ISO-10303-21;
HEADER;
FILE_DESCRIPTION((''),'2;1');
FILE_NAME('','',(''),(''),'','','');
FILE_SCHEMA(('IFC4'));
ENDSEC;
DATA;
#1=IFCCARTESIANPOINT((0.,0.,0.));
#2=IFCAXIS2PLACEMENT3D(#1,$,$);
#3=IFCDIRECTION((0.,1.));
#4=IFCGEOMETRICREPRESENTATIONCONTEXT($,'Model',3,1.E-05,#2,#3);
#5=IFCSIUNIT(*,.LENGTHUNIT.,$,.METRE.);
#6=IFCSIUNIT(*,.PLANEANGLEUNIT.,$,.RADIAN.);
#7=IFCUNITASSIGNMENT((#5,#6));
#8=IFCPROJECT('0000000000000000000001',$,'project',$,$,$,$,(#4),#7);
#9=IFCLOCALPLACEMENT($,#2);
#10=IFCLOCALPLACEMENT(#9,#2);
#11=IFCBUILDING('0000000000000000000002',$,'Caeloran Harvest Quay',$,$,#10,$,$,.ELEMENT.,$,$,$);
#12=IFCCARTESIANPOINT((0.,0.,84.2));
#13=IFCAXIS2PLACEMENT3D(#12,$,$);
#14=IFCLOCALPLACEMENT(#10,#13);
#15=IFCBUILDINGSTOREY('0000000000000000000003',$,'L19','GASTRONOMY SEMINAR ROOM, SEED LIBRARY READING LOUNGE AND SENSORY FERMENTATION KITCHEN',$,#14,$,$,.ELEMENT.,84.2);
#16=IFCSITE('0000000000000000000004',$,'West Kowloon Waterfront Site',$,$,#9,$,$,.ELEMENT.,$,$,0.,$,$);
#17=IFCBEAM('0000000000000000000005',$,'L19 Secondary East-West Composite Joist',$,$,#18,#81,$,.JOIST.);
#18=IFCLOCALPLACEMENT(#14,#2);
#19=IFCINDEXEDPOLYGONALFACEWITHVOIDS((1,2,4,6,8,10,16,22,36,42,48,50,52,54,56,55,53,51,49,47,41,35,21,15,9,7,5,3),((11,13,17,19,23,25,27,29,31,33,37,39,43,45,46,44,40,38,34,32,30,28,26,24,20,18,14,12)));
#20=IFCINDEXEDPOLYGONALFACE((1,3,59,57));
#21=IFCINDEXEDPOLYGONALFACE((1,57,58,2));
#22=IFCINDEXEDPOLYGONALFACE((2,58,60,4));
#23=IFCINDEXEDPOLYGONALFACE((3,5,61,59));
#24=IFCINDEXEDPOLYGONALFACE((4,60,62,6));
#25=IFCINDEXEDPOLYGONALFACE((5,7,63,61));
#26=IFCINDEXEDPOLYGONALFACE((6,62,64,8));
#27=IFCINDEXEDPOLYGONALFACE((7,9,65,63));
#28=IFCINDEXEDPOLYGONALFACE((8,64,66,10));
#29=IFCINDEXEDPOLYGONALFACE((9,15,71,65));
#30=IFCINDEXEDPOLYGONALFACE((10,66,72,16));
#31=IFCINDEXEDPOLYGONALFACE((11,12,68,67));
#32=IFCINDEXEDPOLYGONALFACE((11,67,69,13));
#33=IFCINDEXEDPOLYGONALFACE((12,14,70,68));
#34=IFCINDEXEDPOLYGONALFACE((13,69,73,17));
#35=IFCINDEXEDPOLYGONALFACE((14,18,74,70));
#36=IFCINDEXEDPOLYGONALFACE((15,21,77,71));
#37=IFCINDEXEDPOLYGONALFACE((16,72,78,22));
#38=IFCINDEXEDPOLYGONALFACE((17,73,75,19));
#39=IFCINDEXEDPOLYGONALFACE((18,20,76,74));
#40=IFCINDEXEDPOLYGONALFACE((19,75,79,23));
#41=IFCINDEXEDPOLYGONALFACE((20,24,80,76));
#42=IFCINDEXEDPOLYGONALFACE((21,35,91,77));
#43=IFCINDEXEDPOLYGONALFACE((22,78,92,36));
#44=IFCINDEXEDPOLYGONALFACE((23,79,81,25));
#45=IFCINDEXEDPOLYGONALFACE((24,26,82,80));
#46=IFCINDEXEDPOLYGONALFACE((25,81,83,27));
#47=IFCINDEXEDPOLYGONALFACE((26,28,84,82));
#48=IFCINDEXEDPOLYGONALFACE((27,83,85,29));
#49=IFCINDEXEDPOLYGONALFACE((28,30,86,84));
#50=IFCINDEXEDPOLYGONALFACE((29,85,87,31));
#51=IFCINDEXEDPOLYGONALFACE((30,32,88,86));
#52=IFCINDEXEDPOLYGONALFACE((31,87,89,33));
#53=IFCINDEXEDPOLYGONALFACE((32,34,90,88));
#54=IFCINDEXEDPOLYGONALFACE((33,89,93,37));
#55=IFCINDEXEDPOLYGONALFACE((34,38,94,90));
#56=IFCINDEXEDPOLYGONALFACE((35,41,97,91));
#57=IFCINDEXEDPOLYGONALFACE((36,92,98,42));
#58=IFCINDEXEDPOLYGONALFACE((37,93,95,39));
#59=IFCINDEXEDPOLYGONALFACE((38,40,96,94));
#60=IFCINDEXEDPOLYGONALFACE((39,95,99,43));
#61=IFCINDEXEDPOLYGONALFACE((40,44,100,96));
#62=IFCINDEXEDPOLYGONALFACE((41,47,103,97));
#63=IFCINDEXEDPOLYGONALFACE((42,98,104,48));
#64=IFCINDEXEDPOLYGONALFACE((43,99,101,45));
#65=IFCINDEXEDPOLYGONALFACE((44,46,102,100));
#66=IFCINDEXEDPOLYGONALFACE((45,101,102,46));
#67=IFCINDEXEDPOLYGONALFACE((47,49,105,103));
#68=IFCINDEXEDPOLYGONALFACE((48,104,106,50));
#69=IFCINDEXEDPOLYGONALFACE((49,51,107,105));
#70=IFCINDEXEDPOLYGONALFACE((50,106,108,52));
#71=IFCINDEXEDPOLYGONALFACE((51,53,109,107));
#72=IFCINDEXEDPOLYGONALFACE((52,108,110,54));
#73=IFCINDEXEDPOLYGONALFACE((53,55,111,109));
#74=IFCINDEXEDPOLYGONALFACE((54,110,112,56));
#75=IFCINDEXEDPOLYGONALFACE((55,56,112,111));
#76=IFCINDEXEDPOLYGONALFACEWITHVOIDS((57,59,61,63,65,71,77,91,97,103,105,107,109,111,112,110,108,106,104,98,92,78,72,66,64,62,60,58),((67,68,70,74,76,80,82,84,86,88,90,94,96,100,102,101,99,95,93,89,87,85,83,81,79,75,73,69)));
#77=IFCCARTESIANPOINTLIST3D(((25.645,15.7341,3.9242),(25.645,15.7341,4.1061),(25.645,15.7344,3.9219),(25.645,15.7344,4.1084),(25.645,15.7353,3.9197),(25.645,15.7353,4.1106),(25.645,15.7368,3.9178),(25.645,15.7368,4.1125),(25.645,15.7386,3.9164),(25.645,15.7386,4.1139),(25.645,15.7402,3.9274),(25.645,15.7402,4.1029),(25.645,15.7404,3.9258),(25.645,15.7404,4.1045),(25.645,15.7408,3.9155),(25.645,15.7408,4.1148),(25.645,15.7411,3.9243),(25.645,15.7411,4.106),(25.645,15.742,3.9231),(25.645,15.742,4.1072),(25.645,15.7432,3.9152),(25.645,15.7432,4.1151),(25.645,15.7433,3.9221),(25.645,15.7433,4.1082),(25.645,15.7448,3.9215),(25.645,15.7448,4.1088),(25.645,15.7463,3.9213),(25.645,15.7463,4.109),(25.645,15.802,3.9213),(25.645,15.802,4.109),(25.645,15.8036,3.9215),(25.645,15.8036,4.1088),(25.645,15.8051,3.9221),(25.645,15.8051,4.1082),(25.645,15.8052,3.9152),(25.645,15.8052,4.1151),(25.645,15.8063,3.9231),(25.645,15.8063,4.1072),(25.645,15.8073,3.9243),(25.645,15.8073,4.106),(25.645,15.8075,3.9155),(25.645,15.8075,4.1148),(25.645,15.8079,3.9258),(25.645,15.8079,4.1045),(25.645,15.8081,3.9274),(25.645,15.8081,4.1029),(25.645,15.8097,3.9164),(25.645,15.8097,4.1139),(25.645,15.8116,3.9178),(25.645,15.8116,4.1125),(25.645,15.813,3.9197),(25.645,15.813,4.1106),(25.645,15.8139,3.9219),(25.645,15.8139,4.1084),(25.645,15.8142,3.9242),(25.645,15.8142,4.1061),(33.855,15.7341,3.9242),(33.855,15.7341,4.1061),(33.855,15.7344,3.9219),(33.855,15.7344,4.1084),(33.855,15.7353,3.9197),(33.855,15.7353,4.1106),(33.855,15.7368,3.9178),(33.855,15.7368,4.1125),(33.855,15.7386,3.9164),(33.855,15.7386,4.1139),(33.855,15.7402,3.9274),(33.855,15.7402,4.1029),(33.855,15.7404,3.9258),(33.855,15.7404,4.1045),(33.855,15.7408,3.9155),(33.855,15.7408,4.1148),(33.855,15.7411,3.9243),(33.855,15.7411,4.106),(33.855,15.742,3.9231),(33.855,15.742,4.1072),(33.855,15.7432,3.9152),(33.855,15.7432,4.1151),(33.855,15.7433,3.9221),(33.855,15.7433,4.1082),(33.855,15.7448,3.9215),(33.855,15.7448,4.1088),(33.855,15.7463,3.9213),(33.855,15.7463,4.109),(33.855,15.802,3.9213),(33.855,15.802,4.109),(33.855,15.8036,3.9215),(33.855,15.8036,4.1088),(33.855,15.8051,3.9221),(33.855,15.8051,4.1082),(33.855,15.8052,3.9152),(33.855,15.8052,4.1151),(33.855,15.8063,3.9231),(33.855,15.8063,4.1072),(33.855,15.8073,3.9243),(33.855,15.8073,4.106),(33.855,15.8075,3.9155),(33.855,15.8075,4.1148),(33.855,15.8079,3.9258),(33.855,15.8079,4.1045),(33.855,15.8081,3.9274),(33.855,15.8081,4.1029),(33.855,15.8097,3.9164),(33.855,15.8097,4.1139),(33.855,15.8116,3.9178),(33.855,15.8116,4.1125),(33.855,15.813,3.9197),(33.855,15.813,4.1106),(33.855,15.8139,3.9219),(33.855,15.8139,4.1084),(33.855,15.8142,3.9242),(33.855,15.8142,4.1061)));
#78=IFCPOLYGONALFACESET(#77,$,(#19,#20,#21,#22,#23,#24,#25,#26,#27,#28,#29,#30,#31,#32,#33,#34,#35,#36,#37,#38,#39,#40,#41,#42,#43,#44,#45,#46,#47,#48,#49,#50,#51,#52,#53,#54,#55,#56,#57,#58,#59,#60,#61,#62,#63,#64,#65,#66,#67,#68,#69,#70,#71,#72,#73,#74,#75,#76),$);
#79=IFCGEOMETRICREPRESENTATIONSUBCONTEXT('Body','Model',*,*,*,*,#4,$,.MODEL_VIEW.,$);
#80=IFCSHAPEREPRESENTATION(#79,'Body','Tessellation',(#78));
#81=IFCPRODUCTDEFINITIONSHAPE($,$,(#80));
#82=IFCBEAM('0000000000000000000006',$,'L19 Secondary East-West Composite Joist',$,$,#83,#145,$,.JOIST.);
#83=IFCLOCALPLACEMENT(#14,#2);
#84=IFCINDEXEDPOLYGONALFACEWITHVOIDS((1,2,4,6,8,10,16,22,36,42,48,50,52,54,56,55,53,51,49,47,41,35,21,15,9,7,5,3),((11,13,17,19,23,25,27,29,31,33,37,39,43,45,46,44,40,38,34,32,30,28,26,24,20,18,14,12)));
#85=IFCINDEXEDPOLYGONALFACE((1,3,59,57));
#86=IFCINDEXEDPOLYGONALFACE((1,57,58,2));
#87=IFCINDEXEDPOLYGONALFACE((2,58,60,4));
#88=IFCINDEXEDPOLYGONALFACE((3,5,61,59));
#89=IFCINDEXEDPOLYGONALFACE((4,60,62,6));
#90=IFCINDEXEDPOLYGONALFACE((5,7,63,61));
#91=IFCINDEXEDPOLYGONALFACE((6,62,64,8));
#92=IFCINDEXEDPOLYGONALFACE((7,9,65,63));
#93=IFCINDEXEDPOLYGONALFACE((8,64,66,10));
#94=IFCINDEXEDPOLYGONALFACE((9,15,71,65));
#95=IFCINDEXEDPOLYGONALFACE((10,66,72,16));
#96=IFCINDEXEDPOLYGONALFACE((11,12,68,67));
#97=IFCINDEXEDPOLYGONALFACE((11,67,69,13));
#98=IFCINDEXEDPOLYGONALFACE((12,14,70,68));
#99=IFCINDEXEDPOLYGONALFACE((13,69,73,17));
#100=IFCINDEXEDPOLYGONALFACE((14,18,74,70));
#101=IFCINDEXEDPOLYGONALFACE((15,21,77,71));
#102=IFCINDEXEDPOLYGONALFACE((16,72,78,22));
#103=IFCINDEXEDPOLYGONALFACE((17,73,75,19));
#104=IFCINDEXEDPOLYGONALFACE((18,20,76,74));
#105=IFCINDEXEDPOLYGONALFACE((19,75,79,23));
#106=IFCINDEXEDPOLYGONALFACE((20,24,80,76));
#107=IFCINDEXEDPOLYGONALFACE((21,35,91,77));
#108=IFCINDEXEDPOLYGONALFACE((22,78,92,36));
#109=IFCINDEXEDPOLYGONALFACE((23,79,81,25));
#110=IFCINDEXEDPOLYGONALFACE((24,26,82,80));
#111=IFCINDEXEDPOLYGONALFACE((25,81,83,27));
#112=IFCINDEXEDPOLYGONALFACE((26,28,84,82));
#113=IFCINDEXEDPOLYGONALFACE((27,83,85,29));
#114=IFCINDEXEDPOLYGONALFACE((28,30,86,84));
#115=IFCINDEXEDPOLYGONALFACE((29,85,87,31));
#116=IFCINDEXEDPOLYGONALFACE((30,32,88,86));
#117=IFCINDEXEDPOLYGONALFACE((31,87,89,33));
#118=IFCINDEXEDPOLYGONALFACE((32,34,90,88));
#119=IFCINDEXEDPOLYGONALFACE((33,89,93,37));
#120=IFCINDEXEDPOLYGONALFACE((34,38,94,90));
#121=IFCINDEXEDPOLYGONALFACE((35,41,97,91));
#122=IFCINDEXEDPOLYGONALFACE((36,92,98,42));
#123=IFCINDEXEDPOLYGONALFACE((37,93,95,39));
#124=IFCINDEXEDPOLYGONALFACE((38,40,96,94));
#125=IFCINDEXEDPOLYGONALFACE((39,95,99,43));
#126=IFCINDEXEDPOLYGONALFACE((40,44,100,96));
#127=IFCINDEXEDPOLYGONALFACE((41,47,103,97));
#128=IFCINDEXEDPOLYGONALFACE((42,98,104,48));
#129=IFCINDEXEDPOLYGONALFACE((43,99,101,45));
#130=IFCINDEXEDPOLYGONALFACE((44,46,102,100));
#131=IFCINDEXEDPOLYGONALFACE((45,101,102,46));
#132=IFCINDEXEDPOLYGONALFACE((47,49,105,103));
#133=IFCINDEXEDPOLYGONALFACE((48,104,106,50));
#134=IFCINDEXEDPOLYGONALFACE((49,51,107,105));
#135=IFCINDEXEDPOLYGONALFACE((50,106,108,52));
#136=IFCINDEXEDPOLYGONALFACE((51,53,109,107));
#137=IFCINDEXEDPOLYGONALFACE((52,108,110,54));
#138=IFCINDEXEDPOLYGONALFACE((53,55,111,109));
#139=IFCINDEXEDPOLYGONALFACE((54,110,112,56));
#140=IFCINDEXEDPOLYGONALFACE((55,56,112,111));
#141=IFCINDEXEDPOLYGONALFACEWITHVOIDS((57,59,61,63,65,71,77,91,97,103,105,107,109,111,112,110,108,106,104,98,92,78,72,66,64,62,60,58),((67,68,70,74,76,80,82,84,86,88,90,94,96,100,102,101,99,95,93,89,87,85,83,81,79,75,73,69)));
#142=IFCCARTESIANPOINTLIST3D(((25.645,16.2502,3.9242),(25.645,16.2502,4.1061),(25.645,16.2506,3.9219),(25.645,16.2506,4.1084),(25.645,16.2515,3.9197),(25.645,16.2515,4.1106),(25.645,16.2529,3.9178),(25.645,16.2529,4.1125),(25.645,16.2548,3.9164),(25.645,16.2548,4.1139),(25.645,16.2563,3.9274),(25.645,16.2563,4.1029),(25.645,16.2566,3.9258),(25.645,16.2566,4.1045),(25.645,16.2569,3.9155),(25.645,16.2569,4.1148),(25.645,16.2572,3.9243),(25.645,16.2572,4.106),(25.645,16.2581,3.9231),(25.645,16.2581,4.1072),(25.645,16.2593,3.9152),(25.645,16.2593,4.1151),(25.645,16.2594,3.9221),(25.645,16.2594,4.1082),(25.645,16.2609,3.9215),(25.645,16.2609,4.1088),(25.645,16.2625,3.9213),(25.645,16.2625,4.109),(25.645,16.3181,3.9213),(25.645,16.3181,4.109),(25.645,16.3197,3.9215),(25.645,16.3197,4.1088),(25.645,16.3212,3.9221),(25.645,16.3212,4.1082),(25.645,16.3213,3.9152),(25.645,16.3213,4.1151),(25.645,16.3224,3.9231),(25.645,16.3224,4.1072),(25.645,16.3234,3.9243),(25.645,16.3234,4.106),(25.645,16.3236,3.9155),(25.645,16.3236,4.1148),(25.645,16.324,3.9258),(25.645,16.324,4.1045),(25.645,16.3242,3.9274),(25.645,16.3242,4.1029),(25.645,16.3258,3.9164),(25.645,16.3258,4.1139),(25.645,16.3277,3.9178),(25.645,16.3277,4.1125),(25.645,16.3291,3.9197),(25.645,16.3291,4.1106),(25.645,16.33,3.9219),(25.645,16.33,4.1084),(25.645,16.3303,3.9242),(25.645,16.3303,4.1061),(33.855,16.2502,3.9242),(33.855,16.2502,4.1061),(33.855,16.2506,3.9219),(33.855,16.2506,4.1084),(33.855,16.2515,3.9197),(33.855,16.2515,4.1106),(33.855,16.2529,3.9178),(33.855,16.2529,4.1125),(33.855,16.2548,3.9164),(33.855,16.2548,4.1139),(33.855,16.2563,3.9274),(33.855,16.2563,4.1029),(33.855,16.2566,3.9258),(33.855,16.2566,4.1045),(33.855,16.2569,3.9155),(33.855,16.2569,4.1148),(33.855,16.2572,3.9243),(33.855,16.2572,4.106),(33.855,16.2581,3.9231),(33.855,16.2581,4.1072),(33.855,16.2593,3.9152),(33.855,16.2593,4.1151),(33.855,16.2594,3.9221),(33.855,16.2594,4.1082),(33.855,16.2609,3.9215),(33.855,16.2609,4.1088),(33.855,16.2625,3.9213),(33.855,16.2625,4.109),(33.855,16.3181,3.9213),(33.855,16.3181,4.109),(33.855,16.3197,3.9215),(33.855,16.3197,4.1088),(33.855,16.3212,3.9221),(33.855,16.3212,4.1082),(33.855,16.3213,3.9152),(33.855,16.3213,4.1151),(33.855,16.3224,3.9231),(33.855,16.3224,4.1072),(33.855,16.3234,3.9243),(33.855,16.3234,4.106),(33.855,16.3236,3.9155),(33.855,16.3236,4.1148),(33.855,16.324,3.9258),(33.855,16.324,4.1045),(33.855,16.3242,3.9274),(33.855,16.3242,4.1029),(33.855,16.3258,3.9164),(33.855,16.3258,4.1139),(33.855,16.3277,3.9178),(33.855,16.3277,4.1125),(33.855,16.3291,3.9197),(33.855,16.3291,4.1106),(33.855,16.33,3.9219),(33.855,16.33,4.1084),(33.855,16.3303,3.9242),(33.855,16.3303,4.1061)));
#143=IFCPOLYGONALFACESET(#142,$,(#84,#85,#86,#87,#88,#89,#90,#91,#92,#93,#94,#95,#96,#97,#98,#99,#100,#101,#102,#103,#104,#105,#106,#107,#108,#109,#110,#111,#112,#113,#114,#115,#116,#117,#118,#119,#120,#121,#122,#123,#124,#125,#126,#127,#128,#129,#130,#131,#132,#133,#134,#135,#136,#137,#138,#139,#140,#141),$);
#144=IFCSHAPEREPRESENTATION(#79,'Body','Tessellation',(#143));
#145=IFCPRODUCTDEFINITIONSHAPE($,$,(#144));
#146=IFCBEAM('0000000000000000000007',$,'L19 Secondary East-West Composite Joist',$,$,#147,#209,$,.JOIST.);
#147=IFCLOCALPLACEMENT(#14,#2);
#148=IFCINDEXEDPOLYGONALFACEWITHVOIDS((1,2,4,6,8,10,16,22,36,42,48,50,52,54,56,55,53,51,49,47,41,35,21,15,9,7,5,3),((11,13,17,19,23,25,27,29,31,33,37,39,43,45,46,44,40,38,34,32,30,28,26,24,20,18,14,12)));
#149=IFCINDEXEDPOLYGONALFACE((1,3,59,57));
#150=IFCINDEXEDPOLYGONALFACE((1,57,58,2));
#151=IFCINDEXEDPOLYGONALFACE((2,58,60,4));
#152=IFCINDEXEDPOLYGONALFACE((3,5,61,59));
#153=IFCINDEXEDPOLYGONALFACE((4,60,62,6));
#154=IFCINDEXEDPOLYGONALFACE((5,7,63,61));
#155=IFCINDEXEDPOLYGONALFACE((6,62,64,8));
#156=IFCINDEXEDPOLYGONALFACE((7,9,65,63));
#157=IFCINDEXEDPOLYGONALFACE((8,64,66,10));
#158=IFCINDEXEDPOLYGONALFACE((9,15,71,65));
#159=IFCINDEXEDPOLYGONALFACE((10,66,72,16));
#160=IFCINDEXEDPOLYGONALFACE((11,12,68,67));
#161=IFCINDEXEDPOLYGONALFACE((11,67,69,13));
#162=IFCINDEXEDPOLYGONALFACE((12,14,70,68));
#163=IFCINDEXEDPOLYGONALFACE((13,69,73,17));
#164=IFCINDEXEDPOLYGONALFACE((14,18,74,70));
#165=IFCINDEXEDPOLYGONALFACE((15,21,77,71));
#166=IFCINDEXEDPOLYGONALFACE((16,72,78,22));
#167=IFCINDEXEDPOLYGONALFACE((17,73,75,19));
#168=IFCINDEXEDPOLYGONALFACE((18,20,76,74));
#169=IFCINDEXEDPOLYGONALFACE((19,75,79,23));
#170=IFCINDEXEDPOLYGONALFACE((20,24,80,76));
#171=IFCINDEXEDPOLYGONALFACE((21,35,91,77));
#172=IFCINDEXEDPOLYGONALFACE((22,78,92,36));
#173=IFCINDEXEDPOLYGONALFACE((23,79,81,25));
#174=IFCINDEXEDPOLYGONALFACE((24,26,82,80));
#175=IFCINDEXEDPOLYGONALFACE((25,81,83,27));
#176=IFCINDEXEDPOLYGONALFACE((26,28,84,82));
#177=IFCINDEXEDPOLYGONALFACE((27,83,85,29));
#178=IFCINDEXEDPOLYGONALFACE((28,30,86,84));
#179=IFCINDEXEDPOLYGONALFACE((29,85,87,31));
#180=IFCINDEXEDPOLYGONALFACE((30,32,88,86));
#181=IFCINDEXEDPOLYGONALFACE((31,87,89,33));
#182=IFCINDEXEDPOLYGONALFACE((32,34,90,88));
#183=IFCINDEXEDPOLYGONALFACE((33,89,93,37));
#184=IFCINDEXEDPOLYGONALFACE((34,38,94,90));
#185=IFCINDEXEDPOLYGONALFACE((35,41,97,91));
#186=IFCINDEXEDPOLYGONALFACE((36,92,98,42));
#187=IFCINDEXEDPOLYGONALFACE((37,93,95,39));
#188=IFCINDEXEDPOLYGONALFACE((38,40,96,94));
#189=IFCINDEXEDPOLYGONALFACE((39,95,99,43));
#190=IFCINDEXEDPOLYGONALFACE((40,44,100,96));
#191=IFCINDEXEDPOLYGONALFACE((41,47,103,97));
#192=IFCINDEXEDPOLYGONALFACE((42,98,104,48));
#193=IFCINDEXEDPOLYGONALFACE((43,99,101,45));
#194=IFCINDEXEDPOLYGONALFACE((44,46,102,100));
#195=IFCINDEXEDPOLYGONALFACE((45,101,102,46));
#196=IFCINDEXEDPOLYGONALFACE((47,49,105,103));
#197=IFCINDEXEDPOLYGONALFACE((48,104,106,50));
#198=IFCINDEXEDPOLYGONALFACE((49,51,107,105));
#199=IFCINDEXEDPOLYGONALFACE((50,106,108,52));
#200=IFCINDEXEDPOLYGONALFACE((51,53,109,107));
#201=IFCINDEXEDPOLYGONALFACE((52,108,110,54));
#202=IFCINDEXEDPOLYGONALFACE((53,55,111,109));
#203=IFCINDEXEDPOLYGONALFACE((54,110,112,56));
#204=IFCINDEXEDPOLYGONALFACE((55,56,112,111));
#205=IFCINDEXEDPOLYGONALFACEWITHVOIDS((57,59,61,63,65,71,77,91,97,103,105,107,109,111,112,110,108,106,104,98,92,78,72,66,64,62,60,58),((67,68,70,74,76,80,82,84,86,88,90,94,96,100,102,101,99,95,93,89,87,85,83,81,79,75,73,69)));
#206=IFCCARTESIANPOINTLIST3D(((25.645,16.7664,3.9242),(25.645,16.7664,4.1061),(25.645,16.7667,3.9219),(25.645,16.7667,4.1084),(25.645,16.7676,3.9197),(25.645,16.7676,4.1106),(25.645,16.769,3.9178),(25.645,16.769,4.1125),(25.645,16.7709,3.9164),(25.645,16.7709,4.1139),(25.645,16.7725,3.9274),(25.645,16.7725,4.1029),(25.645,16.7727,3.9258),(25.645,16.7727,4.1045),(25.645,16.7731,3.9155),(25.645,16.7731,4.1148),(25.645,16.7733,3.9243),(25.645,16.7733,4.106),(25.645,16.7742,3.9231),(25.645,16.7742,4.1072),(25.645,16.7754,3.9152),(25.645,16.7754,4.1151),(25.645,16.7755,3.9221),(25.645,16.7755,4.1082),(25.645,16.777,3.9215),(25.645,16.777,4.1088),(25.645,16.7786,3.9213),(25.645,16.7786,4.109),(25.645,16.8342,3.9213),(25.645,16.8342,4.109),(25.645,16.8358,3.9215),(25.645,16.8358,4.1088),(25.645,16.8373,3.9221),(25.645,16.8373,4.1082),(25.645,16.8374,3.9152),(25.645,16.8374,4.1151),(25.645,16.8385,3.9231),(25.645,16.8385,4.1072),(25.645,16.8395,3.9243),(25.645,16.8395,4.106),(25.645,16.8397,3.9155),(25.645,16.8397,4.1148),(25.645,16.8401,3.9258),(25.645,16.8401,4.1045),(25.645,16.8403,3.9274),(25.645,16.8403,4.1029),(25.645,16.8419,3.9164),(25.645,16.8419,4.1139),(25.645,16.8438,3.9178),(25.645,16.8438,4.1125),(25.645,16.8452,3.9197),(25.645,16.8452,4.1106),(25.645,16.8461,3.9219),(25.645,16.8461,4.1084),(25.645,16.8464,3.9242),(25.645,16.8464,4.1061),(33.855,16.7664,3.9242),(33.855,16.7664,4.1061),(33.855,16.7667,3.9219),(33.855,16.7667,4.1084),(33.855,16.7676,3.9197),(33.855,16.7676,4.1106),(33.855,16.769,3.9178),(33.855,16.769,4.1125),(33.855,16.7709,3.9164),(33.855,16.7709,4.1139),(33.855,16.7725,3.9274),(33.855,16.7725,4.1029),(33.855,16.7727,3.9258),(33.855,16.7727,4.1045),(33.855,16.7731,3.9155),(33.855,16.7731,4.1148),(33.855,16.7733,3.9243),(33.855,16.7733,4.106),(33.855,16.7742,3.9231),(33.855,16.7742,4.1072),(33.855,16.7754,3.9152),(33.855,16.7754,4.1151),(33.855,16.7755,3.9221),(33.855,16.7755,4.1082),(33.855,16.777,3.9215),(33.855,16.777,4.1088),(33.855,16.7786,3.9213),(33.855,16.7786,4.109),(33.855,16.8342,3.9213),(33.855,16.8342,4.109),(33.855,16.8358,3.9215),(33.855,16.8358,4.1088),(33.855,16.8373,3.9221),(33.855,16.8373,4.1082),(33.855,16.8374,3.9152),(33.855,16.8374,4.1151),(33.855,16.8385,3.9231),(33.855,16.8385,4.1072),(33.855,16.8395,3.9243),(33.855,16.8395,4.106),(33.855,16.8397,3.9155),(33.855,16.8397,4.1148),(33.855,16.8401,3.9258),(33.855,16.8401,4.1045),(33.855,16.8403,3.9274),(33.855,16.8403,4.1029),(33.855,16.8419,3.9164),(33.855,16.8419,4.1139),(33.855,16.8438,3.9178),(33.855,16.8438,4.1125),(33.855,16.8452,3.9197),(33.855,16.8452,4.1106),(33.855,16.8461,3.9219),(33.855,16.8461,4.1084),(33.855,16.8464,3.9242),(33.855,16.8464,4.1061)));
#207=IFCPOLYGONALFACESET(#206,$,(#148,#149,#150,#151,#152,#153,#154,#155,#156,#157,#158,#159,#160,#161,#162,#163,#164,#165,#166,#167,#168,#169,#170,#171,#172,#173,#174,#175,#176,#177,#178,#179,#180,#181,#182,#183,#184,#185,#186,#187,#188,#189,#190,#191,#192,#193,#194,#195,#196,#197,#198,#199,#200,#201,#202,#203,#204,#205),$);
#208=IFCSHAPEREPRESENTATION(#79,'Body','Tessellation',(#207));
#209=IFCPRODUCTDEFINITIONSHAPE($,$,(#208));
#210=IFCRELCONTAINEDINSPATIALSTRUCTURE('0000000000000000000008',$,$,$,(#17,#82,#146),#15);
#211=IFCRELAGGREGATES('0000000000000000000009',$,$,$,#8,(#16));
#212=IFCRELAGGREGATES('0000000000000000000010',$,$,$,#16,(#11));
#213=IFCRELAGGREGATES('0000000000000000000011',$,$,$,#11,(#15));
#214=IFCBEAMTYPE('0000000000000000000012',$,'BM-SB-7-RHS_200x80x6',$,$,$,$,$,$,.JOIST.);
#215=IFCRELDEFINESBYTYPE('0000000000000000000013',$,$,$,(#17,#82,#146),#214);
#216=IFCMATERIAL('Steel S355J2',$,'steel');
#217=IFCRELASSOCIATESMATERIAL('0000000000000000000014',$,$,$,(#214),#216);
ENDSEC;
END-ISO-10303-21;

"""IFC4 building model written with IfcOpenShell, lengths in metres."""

from ifc_helpers import new_model, si_unit, direction, frame, origin, origin_2d, place, context, subcontext, project, spatial, hollow_rectangle, extrude, material, material_profile, profile_set, type_object, element, save


model = new_model("IFC4")

# Units and contexts
model_context = context("Model", 3, precision=1e-05, world=origin(), true_north=direction((0.0, 1.0)))
body_context = subcontext(model_context, "Body", "Model", "MODEL_VIEW")
ifc_project = project(units=[si_unit("LENGTHUNIT", "METRE"), si_unit("PLANEANGLEUNIT", "RADIAN")], contexts=[model_context])

# Site, building, storey
site_placement = place(None, origin())
site = spatial("IfcSite", under=ifc_project, at=site_placement, Name="West Kowloon Waterfront Site", CompositionType="ELEMENT", RefElevation=0.0)
building_placement = place(site_placement, origin())
building = spatial("IfcBuilding", under=site, at=building_placement, Name="Caeloran Harvest Quay", CompositionType="ELEMENT")
storey_placement = place(building_placement, frame((0.0, 0.0, 84.2)))
storey = spatial("IfcBuildingStorey", under=building, at=storey_placement, Name="L19", Description="GASTRONOMY SEMINAR ROOM, SEED LIBRARY READING LOUNGE AND SENSORY FERMENTATION KITCHEN", CompositionType="ELEMENT", Elevation=84.2)

# Beams
ifc_material_1 = material(Name="Steel S355J2", Category="steel")
ifc_material_profile_1 = material_profile(ifc_material_1, hollow_rectangle(XDim=0.0801, YDim=0.2, WallThickness=0.0061, InnerFilletRadius=0.0061, OuterFilletRadius=0.009, at=origin_2d()), Name="RHS 200x80x6")
ifc_profile_set_1 = profile_set([ifc_material_profile_1], Name="Steel S355J2")
beam_type_1 = type_object("IfcBeamType", Name="BM-SB-7-RHS_200x80x6", PredefinedType="JOIST", material=ifc_profile_set_1)
for number, where, z_axis, x_axis, name in (
    (1, (25.645, 15.7742, 4.0151), (1.0, 0.0, 0.0), (0.0, 1.0, 0.0), "L19 Secondary East-West Composite Joist"),
    (2, (25.645, 16.2903, 4.0151), (1.0, 0.0, 0.0), (0.0, 1.0, 0.0), "L19 Secondary East-West Composite Joist"),
    (3, (25.645, 16.8064, 4.0151), (1.0, 0.0, 0.0), (0.0, 1.0, 0.0), "L19 Secondary East-West Composite Joist"),
):
    element("IfcBeam", number, at=place(storey_placement, frame(where, z_axis=z_axis, x_axis=x_axis)), inside=storey, type_object=beam_type_1, Name=name, PredefinedType="JOIST", context=body_context, shape_type="SweptSolid", body=[
        extrude(hollow_rectangle(XDim=0.0801, YDim=0.2, WallThickness=0.0061, InnerFilletRadius=0.0061, OuterFilletRadius=0.009, at=origin_2d()), origin(), (0.0, 0.0, 1.0), 8.21),
    ])

save(model, "model.ifc")
